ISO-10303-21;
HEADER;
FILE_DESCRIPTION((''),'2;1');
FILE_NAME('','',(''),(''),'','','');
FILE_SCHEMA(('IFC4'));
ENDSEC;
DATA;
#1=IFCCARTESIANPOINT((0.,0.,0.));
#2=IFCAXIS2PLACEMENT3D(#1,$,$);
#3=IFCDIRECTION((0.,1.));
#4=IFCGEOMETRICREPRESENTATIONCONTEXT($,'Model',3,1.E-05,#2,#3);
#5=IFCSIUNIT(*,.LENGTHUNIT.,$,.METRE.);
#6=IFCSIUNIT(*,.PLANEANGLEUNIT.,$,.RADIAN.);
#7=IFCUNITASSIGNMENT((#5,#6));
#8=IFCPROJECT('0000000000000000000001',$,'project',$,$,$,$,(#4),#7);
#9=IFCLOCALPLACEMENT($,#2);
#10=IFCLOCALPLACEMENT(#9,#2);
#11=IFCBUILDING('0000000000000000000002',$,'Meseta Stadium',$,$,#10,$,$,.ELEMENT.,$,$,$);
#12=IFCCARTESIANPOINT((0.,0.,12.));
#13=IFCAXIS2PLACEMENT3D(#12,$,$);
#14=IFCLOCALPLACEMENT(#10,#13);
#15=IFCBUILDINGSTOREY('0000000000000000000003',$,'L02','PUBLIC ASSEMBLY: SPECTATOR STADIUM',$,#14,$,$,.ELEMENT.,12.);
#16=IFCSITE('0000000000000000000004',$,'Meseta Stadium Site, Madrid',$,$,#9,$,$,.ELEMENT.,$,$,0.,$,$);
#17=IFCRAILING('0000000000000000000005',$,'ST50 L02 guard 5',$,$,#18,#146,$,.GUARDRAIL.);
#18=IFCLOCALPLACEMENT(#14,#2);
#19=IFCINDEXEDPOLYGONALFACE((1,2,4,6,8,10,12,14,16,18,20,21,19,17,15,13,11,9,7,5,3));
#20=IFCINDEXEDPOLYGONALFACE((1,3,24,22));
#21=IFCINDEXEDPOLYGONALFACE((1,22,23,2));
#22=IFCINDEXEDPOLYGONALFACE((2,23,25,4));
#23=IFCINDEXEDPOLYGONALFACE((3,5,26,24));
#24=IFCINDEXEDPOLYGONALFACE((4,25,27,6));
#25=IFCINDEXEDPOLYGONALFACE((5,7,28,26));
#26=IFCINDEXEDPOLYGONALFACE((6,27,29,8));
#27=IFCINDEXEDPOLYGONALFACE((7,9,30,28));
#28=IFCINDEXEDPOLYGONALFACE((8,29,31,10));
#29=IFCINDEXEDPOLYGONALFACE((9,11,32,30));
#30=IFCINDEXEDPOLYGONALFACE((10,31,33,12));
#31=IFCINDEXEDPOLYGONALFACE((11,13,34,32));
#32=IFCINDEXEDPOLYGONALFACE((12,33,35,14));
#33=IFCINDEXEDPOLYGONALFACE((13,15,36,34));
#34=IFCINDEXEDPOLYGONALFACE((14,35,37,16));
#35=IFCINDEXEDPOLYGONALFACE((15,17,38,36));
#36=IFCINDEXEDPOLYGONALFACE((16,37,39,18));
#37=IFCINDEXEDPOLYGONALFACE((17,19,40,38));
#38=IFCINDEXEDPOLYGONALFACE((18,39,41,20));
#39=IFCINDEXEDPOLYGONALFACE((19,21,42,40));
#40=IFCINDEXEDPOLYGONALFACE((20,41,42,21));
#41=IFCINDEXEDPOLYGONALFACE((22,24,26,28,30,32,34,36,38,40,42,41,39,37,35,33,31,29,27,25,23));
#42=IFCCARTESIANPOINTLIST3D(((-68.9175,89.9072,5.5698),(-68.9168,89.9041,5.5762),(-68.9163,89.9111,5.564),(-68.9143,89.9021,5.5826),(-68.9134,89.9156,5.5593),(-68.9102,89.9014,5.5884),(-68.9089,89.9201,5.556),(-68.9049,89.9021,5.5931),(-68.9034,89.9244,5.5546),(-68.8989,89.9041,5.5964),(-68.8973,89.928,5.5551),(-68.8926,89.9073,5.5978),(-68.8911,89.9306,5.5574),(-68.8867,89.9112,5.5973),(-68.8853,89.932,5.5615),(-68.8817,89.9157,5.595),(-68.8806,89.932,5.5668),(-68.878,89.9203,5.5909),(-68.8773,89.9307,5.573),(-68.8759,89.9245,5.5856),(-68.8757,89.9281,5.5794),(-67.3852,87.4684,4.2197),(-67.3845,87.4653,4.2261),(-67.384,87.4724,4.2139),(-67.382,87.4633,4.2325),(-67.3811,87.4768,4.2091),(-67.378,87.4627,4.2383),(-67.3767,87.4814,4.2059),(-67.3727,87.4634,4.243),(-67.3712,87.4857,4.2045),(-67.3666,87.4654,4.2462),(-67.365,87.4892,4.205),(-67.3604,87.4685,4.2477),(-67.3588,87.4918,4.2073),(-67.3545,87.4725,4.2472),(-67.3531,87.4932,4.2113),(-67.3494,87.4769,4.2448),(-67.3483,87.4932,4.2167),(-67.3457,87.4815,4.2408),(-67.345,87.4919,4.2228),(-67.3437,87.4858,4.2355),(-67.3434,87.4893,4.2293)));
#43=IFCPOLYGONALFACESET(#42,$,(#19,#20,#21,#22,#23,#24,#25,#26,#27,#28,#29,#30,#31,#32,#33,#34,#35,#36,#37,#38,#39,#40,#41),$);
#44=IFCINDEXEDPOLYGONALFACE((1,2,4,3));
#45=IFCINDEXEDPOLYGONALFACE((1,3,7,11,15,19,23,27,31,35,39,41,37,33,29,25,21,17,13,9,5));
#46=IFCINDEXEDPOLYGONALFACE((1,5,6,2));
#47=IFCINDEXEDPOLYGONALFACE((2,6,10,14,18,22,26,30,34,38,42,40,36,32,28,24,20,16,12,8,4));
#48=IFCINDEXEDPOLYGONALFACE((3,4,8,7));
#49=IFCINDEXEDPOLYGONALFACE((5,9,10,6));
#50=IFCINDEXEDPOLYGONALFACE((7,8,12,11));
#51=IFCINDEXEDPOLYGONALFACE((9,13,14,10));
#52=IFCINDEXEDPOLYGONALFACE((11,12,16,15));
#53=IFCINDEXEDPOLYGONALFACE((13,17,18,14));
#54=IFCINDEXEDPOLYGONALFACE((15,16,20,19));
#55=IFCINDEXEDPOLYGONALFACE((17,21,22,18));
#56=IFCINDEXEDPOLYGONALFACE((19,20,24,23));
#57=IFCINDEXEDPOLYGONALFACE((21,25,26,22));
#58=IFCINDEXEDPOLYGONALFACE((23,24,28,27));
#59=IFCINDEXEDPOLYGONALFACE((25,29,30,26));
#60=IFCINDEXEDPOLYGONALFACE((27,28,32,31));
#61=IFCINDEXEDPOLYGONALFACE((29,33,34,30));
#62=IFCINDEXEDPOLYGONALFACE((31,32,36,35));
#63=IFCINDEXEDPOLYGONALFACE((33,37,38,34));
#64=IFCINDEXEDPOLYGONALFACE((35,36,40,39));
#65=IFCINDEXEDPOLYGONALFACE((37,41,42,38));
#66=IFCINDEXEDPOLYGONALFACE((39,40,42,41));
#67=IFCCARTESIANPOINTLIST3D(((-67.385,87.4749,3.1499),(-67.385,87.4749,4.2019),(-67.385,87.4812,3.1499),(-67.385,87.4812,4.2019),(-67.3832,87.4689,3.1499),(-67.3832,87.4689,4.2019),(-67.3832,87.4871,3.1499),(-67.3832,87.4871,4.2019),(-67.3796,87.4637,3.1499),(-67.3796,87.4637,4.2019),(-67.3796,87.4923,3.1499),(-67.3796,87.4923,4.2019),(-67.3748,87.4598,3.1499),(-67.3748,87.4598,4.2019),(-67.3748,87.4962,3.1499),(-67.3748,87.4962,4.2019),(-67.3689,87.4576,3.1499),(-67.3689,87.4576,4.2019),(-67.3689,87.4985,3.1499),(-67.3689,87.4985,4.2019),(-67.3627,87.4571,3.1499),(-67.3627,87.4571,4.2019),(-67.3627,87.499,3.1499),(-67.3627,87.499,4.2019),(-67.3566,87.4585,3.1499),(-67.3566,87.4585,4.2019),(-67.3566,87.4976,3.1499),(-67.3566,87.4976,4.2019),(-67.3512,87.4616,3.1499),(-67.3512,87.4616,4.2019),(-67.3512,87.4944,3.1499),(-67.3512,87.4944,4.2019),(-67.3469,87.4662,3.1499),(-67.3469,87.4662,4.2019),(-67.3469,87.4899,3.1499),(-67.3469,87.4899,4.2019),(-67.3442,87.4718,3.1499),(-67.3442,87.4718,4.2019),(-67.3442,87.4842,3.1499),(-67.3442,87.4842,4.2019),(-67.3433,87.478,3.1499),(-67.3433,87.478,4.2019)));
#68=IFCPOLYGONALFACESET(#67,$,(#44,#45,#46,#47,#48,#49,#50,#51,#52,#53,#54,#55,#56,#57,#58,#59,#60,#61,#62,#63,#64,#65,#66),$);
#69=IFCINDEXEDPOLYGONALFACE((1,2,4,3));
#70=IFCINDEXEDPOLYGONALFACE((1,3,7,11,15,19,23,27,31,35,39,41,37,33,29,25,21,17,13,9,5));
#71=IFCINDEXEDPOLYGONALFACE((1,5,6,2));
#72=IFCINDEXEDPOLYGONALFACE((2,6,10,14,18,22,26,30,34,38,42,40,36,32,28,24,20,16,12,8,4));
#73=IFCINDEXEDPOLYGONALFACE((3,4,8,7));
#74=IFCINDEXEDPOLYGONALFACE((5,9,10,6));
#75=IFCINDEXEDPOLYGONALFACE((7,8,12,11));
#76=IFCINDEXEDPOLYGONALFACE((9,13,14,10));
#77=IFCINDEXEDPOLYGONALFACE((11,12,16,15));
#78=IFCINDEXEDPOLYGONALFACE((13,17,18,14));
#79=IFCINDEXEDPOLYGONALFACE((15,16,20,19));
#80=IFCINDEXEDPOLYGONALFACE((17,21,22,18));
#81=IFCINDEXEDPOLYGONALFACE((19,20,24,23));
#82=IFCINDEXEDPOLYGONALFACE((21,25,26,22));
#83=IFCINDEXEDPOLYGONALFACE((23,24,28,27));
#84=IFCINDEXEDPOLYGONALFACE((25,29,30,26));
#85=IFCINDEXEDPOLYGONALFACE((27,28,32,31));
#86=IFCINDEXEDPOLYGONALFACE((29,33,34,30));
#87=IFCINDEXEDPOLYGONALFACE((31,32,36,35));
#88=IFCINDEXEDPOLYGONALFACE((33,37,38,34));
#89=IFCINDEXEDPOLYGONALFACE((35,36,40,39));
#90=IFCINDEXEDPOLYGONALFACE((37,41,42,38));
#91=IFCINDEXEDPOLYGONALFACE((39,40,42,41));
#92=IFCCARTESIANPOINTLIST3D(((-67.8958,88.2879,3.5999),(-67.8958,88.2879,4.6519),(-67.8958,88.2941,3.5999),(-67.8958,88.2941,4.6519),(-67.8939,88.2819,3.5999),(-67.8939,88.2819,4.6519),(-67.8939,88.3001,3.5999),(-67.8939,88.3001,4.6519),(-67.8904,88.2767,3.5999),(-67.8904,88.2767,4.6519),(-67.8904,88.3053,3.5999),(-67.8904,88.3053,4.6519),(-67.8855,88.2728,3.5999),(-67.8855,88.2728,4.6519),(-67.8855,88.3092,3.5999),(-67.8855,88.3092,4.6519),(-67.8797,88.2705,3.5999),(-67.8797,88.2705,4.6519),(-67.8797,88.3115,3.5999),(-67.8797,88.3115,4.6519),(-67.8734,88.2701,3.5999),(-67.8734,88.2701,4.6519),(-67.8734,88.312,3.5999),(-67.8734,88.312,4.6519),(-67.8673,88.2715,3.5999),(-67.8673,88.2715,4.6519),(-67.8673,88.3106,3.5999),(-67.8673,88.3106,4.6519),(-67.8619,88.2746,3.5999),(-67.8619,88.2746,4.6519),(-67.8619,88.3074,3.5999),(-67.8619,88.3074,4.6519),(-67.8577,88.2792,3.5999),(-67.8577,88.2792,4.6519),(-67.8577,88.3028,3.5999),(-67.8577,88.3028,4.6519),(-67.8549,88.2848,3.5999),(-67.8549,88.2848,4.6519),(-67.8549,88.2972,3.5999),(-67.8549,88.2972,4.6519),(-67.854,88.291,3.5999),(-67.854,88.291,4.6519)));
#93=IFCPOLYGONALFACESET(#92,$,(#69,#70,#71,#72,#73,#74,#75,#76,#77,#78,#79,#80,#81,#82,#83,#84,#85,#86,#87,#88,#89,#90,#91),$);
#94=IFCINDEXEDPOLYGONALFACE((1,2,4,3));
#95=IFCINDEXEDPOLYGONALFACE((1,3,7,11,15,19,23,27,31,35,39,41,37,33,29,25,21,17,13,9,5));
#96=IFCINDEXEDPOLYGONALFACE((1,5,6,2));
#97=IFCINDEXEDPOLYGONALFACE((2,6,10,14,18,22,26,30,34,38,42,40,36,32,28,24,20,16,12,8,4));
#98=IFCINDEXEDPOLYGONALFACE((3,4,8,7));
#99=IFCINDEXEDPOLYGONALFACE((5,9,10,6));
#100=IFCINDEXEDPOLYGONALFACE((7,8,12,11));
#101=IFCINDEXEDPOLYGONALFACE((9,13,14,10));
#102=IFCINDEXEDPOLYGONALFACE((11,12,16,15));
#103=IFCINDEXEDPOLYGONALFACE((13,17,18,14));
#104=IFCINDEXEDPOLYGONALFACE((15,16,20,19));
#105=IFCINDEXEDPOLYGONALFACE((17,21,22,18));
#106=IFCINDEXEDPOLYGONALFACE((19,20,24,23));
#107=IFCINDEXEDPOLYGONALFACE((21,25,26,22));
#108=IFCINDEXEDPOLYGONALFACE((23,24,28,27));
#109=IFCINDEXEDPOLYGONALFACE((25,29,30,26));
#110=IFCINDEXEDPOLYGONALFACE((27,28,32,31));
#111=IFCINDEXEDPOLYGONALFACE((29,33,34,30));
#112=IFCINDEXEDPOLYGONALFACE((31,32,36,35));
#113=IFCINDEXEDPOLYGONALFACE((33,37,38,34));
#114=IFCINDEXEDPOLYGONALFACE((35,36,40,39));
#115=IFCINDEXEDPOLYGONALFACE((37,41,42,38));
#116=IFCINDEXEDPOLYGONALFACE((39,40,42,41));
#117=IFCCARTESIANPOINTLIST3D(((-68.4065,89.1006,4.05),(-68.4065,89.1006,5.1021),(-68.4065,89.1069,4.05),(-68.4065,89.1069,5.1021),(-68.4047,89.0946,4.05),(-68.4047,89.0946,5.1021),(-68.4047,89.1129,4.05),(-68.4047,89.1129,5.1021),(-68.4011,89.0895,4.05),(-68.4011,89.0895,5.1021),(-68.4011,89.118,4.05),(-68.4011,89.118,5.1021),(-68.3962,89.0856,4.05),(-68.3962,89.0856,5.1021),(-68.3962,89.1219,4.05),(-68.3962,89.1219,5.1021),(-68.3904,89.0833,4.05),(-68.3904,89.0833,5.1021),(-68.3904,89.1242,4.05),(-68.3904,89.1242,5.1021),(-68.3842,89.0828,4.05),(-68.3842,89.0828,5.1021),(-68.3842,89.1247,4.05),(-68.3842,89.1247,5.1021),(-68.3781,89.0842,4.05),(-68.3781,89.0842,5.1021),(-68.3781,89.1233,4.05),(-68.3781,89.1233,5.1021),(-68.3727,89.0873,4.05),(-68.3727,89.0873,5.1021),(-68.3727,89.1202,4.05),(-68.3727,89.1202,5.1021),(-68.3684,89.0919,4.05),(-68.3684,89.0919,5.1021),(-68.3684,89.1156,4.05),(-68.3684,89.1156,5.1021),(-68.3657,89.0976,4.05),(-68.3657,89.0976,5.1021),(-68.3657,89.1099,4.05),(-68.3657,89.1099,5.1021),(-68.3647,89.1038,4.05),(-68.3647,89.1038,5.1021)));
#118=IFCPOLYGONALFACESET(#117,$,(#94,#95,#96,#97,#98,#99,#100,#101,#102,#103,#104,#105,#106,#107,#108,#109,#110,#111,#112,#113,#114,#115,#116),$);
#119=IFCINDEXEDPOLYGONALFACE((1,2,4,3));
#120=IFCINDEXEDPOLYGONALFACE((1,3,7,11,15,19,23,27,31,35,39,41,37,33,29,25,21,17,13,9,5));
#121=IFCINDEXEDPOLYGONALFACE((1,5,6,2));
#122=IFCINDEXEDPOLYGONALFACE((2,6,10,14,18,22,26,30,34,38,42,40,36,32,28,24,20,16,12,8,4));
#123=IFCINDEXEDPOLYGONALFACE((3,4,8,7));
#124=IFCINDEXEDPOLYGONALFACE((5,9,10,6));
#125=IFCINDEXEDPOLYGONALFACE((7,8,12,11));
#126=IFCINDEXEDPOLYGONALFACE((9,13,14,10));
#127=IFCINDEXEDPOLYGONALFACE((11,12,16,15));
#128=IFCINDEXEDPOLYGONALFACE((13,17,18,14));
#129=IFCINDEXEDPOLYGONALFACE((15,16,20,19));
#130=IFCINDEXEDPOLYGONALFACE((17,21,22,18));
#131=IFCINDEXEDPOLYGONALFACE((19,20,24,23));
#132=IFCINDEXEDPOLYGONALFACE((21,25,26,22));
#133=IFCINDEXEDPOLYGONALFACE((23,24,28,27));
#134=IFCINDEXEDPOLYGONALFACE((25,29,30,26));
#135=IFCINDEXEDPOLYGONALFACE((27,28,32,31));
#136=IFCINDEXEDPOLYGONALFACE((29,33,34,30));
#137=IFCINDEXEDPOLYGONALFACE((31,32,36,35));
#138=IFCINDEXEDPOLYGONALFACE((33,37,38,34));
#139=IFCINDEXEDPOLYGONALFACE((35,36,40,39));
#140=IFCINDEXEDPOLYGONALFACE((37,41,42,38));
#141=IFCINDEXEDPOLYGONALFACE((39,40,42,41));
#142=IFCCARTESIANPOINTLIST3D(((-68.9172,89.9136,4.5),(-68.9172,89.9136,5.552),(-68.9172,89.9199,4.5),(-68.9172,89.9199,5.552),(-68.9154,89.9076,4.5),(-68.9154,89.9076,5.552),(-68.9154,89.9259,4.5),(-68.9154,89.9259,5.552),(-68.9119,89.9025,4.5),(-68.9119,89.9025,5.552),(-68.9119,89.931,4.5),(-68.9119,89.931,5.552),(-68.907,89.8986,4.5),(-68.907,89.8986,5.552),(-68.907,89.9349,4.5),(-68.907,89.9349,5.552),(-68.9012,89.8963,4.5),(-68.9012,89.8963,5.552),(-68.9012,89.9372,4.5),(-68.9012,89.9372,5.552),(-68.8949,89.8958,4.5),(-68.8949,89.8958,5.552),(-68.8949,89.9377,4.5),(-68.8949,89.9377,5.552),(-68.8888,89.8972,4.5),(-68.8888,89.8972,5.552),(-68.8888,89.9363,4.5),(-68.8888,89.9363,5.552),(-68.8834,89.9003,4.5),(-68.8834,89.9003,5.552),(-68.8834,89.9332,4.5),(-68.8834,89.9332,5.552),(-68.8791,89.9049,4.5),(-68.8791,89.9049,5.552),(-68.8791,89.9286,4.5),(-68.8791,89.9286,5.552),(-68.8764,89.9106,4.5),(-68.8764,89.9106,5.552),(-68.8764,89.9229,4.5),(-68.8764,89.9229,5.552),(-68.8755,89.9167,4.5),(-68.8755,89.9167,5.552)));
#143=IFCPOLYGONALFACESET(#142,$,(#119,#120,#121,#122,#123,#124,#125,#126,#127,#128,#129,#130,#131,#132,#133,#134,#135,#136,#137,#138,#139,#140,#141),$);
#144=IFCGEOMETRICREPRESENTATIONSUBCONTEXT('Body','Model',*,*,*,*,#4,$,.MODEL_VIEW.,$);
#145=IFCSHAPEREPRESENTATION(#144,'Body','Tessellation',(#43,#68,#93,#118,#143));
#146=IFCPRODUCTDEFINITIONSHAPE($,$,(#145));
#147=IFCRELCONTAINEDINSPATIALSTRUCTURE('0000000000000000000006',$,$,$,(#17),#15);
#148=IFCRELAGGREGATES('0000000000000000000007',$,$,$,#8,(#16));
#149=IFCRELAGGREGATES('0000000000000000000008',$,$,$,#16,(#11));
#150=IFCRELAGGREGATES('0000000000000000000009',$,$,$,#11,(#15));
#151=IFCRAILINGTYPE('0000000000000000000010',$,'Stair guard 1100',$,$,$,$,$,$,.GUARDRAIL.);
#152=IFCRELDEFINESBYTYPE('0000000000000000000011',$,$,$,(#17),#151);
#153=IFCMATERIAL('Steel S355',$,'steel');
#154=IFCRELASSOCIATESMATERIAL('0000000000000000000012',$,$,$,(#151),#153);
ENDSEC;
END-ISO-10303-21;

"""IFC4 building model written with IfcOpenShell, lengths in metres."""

from ifc_helpers import new_model, si_unit, direction, frame, origin, origin_2d, place, context, subcontext, project, spatial, circle, extrude, material, type_object, element, save


model = new_model("IFC4")

# Units and contexts
model_context = context("Model", 3, precision=1e-05, world=origin(), true_north=direction((0.0, 1.0)))
body_context = subcontext(model_context, "Body", "Model", "MODEL_VIEW")
ifc_project = project(units=[si_unit("LENGTHUNIT", "METRE"), si_unit("PLANEANGLEUNIT", "RADIAN")], contexts=[model_context])

# Site, building, storey
site_placement = place(None, origin())
site = spatial("IfcSite", under=ifc_project, at=site_placement, Name="Meseta Stadium Site, Madrid", CompositionType="ELEMENT", RefElevation=0.0)
building_placement = place(site_placement, origin())
building = spatial("IfcBuilding", under=site, at=building_placement, Name="Meseta Stadium", CompositionType="ELEMENT")
storey_placement = place(building_placement, frame((0.0, 0.0, 12.0)))
storey = spatial("IfcBuildingStorey", under=building, at=storey_placement, Name="L02", Description="PUBLIC ASSEMBLY: SPECTATOR STADIUM", CompositionType="ELEMENT", Elevation=12.0)

# Railing
ifc_material_1 = material(Name="Steel S355", Category="steel")
railing_type_1 = type_object("IfcRailingType", Name="Stair guard 1100", PredefinedType="GUARDRAIL", material=ifc_material_1)
railing_1_placement = place(storey_placement, frame((-67.3643, 87.478, 3.1499)))
element("IfcRailing", 1, at=railing_1_placement, inside=storey, type_object=railing_type_1, Name="ST50 L02 guard 5", PredefinedType="GUARDRAIL", context=body_context, shape_type="SweptSolid", body=[
    extrude(circle(Radius=0.0239, at=origin_2d()), frame((0.0, 0.0, 1.0762), z_axis=(-0.481703, 0.766687, 0.424445), x_axis=(-0.846743, -0.532001, 0.0)), (0.0, 0.0, 1.0), 3.1809),
    extrude(circle(Radius=0.021, at=origin_2d()), origin(), (0.0, 0.0, 1.0), 1.052),
    extrude(circle(Radius=0.021, at=origin_2d()), frame((-0.5107, 0.813, 0.45)), (0.0, 0.0, 1.0), 1.052),
    extrude(circle(Radius=0.021, at=origin_2d()), frame((-1.0215, 1.6257, 0.9001)), (0.0, 0.0, 1.0), 1.052),
    extrude(circle(Radius=0.021, at=origin_2d()), frame((-1.5322, 2.4387, 1.3501)), (0.0, 0.0, 1.0), 1.052),
])

save(model, "model.ifc")
